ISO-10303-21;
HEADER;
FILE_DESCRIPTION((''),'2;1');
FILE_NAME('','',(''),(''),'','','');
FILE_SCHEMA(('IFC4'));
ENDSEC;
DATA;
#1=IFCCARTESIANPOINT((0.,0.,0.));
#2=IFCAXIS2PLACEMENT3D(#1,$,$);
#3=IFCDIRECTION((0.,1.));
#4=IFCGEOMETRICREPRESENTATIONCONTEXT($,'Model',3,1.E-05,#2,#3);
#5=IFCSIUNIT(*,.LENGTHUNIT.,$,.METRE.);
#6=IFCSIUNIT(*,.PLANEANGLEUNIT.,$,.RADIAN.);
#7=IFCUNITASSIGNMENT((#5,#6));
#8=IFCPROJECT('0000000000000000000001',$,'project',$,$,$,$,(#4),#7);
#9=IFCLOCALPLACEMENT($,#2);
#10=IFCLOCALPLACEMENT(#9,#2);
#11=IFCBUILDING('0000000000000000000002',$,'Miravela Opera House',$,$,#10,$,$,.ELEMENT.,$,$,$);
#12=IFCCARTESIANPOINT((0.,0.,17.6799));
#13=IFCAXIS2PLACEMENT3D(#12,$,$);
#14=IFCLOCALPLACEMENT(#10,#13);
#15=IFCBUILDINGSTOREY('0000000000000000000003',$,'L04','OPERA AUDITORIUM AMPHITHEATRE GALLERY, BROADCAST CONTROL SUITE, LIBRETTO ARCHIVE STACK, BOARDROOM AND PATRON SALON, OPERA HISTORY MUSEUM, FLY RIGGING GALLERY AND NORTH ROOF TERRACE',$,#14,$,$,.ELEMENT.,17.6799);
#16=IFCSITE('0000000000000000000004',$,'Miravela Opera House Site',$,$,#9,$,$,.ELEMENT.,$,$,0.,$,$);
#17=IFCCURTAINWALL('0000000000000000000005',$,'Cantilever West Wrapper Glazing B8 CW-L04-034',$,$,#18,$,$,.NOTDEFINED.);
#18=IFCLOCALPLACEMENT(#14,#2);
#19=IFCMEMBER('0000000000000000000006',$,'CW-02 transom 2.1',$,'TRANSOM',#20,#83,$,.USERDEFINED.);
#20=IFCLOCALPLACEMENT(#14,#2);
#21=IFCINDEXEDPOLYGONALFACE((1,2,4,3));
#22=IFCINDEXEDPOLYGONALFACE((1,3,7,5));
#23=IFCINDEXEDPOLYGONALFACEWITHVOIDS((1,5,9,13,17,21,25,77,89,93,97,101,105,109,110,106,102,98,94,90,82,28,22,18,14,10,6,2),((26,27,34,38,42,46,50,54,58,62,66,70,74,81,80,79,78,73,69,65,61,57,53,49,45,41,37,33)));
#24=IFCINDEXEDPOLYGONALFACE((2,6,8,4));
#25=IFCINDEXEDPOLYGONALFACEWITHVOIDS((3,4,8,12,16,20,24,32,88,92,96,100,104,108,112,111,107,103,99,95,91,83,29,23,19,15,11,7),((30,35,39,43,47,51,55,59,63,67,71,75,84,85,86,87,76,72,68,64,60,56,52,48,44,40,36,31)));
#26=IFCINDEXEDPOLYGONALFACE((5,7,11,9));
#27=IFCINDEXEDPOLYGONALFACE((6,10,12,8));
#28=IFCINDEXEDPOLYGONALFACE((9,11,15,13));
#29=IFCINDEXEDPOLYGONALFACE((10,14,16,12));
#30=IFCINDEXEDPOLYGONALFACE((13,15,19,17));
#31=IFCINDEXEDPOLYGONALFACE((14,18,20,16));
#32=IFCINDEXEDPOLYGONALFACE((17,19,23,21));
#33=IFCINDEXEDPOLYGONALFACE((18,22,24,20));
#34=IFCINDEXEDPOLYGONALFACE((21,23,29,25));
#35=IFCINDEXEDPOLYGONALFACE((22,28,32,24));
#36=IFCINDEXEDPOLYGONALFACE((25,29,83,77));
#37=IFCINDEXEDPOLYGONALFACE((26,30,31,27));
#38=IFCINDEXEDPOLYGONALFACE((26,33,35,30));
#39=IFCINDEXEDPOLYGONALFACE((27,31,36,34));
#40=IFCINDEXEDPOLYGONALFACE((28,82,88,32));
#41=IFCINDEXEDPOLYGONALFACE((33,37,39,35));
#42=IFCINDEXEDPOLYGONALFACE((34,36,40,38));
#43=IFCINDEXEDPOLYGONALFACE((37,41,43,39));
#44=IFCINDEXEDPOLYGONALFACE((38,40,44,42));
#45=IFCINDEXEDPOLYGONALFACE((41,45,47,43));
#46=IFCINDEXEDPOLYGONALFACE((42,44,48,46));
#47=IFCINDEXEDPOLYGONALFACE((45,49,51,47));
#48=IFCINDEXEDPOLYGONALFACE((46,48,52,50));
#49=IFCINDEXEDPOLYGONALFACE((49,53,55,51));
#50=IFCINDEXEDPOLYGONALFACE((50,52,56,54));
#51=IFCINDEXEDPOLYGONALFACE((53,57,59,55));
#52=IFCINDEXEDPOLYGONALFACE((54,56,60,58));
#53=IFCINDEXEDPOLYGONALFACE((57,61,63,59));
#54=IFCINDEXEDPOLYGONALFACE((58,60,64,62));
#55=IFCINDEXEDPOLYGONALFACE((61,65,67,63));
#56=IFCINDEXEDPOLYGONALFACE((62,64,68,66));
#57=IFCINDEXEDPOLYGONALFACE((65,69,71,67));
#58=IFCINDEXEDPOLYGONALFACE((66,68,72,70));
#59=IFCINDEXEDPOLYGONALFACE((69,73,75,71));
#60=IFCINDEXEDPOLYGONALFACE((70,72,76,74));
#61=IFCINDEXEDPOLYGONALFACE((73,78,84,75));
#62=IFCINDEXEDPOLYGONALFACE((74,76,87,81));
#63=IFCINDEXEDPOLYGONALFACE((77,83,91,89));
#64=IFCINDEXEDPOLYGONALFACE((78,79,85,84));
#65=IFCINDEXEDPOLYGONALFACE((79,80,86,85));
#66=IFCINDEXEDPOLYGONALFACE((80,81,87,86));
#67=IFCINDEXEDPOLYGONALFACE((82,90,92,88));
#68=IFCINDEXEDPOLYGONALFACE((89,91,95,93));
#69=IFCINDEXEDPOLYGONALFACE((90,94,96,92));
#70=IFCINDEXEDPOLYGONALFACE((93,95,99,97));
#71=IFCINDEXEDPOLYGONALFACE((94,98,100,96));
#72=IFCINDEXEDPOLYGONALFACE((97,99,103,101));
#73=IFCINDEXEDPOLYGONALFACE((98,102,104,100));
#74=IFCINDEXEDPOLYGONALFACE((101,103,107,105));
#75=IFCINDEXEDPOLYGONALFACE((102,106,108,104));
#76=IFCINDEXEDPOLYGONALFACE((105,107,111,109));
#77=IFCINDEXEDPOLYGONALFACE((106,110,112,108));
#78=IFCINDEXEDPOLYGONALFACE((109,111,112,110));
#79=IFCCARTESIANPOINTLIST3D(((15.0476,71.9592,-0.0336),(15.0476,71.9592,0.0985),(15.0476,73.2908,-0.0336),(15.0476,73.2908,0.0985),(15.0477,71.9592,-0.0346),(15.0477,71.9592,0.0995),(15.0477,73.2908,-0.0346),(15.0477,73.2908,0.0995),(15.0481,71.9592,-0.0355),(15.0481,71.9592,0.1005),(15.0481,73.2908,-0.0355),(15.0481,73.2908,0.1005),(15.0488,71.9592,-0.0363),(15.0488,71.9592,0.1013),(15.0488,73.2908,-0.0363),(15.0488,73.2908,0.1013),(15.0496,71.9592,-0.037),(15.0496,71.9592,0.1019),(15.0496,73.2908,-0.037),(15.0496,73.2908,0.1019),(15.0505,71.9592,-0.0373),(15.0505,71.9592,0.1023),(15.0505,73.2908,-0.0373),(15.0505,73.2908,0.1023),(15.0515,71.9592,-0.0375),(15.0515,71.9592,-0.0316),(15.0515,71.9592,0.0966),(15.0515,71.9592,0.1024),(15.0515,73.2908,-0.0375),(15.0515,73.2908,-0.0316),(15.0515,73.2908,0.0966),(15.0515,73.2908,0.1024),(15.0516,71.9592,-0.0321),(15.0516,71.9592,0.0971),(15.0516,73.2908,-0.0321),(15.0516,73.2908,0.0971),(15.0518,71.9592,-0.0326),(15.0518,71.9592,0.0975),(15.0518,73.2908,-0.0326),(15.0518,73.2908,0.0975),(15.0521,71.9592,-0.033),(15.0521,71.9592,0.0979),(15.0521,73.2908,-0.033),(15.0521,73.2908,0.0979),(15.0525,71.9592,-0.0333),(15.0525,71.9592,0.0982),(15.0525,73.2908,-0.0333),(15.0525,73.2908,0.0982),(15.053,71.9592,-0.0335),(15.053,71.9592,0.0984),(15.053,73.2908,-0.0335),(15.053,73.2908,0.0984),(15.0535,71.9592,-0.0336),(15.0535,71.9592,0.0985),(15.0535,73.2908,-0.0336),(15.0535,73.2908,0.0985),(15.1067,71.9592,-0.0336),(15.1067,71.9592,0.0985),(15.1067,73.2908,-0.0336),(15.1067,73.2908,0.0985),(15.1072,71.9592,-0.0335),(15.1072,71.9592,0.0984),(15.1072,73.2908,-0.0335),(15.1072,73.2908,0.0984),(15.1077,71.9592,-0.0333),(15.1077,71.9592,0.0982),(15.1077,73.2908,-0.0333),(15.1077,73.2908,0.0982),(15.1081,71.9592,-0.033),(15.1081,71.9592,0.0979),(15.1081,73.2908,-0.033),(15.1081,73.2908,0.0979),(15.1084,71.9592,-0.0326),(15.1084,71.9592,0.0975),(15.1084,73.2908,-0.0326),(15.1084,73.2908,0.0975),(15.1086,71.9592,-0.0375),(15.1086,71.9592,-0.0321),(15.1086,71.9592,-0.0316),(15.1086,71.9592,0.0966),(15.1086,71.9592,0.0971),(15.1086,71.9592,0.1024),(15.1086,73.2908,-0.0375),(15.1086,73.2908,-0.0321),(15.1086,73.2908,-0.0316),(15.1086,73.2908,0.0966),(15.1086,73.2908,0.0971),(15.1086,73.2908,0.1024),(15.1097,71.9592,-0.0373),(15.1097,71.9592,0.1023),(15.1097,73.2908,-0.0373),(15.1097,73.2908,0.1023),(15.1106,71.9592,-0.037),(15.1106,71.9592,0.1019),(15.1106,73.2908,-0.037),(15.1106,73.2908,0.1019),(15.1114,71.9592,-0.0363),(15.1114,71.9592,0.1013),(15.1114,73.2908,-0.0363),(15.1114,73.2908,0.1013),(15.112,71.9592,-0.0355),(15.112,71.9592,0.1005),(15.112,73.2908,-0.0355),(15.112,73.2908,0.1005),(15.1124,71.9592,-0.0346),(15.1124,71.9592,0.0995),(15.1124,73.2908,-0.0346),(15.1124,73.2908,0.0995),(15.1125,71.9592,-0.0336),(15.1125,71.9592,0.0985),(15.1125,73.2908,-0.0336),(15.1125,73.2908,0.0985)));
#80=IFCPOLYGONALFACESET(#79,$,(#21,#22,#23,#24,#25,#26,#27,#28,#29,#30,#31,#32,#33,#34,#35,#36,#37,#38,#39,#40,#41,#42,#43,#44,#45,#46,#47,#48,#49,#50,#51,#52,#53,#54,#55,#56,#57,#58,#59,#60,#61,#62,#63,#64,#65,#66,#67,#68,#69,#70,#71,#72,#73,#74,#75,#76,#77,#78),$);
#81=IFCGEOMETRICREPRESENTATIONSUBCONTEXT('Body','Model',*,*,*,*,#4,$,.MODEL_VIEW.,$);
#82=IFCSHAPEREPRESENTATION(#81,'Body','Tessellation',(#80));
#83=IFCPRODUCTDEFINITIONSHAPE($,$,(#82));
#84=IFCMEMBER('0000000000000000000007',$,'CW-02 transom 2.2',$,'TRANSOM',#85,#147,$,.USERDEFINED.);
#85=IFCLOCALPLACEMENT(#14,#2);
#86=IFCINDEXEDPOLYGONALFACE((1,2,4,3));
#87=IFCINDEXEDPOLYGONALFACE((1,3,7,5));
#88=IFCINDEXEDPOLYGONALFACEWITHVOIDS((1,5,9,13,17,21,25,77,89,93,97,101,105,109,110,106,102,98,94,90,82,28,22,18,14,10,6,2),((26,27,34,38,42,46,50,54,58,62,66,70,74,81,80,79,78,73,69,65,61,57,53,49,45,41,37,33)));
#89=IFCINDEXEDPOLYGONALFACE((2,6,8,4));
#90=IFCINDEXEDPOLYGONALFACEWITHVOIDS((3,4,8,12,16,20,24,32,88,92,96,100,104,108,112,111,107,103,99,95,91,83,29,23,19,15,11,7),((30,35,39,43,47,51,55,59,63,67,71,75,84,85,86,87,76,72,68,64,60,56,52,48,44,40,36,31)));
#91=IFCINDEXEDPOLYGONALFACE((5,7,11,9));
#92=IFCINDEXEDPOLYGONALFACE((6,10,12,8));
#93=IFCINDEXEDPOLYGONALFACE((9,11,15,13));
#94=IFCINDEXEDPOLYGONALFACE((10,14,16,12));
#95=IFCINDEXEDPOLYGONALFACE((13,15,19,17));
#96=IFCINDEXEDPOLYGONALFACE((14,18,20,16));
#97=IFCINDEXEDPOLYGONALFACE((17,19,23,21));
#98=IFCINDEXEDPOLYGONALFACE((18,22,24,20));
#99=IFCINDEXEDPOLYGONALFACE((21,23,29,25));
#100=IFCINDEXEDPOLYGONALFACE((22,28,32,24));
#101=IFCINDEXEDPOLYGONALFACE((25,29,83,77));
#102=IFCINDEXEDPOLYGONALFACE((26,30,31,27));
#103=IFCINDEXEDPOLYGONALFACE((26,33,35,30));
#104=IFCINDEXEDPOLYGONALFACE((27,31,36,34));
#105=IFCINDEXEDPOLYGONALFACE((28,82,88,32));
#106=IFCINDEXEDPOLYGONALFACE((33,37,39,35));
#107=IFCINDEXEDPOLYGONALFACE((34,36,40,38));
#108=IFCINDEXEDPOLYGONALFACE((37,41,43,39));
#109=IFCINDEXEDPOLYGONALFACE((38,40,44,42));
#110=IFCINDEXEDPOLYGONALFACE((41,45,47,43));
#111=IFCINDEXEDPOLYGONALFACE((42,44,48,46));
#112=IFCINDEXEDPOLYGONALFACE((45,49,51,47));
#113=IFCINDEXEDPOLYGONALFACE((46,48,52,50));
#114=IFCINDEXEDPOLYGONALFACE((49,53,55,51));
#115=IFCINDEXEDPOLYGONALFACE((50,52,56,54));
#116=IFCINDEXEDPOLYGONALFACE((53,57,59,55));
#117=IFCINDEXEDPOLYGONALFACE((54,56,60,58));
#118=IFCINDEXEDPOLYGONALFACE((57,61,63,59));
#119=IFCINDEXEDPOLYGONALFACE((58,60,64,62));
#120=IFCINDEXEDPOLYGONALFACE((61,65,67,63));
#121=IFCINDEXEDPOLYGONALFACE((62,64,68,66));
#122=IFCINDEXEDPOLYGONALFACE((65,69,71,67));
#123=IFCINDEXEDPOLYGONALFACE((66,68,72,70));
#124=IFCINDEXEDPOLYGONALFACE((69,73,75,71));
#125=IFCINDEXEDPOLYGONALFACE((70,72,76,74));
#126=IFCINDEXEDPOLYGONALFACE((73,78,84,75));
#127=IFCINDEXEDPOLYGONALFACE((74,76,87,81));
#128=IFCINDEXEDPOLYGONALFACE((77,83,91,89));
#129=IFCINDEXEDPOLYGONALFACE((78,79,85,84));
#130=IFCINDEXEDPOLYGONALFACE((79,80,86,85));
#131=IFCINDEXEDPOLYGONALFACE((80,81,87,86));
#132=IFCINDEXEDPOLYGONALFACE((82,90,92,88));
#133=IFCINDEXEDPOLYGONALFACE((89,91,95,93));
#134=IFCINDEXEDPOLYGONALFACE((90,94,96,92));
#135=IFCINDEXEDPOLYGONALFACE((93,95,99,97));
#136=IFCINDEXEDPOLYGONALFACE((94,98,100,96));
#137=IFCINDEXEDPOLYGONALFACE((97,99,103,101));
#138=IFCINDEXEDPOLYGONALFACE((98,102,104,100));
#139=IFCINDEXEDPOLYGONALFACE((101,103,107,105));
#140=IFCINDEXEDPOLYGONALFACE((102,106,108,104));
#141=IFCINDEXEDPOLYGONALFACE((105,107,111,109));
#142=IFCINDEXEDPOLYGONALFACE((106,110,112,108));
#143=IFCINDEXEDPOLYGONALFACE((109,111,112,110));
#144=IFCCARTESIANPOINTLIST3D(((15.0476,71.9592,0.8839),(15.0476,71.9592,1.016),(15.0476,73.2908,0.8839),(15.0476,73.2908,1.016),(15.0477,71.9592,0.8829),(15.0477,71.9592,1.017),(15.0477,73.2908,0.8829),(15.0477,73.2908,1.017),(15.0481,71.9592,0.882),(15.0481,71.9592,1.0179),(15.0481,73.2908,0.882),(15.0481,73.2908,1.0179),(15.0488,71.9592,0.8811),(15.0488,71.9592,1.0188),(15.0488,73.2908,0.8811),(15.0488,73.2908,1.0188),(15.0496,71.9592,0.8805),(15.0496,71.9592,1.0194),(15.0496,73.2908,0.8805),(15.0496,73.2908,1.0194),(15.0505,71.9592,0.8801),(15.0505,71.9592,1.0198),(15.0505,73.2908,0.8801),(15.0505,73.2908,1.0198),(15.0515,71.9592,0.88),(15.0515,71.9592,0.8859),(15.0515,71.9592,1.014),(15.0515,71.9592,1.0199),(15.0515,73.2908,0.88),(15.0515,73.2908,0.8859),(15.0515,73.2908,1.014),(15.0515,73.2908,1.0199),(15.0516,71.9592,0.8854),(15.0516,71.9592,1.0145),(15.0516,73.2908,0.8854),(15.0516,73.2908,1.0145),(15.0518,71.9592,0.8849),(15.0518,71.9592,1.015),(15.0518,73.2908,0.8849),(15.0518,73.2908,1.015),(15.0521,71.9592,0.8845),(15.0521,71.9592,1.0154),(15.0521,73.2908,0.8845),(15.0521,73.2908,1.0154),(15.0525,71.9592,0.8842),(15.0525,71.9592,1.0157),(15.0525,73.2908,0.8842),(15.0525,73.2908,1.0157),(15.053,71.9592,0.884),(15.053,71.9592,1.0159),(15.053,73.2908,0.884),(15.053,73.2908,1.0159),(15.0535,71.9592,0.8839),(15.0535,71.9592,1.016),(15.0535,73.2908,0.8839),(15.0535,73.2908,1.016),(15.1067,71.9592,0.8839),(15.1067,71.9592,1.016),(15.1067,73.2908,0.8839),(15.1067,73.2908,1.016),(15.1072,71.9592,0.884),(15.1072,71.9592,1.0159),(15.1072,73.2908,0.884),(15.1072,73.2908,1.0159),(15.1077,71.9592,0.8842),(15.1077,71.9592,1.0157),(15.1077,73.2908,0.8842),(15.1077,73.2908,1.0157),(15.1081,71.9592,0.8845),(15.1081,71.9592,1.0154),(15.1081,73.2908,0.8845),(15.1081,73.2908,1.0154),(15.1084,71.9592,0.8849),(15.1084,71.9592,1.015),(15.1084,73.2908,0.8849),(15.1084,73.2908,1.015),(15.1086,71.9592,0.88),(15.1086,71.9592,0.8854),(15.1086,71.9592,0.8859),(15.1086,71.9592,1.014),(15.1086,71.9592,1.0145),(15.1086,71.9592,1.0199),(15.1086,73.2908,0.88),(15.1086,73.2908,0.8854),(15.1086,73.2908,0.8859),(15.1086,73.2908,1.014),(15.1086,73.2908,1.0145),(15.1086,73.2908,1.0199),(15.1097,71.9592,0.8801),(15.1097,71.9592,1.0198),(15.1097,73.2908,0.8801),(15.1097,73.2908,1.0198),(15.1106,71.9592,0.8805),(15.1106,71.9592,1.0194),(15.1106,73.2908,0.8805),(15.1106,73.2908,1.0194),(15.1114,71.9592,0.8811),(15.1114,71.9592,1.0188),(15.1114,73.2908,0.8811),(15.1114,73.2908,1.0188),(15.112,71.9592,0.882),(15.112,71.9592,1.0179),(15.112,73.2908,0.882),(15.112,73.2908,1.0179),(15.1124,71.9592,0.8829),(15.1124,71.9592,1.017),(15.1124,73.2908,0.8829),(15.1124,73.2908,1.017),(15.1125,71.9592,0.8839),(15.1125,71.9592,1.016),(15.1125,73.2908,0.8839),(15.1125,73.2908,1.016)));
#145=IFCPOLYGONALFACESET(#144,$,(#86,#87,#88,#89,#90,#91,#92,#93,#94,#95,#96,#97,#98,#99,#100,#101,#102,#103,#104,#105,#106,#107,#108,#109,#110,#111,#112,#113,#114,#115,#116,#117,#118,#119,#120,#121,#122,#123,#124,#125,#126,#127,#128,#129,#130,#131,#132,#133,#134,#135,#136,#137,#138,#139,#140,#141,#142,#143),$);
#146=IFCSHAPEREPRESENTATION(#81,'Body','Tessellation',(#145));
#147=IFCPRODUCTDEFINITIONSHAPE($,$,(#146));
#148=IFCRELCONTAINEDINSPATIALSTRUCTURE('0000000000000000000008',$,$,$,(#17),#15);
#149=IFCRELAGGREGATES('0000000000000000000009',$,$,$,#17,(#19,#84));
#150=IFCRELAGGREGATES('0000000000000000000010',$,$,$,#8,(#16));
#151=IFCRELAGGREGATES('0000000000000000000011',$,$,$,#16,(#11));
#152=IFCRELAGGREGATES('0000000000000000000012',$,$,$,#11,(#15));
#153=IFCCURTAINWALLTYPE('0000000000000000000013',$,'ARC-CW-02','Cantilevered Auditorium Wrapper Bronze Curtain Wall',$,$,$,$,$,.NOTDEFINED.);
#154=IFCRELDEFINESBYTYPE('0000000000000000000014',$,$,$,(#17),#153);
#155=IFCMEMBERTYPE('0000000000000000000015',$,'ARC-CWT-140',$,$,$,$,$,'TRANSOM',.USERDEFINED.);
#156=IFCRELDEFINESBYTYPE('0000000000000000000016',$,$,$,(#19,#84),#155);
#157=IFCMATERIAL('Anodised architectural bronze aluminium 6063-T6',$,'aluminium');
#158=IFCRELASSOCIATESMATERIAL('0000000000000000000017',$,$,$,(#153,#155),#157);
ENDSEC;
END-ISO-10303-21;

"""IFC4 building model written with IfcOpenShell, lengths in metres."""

from ifc_helpers import new_model, si_unit, direction, frame, origin, origin_2d, place, context, subcontext, project, spatial, hollow_rectangle, extrude, material, material_profile, profile_set, type_object, element, aggregate, save


model = new_model("IFC4")

# Units and contexts
model_context = context("Model", 3, precision=1e-05, world=origin(), true_north=direction((0.0, 1.0)))
body_context = subcontext(model_context, "Body", "Model", "MODEL_VIEW")
ifc_project = project(units=[si_unit("LENGTHUNIT", "METRE"), si_unit("PLANEANGLEUNIT", "RADIAN")], contexts=[model_context])

# Site, building, storey
site_placement = place(None, origin())
site = spatial("IfcSite", under=ifc_project, at=site_placement, Name="Miravela Opera House Site", CompositionType="ELEMENT", RefElevation=0.0)
building_placement = place(site_placement, origin())
building = spatial("IfcBuilding", under=site, at=building_placement, Name="Miravela Opera House", CompositionType="ELEMENT")
storey_placement = place(building_placement, frame((0.0, 0.0, 17.6799)))
storey = spatial("IfcBuildingStorey", under=building, at=storey_placement, Name="L04", Description="OPERA AUDITORIUM AMPHITHEATRE GALLERY, BROADCAST CONTROL SUITE, LIBRETTO ARCHIVE STACK, BOARDROOM AND PATRON SALON, OPERA HISTORY MUSEUM, FLY RIGGING GALLERY AND NORTH ROOF TERRACE", CompositionType="ELEMENT", Elevation=17.6799)

# Shared definitions
ifc_material_1 = material(Name="Anodised architectural bronze aluminium 6063-T6", Category="aluminium")
curtain_wall_type = type_object("IfcCurtainWallType", Name="ARC-CW-02", Description="Cantilevered Auditorium Wrapper Bronze Curtain Wall", PredefinedType="NOTDEFINED", material=ifc_material_1)

# Curtain wall
curtain_wall_1_placement = place(storey_placement, origin())
curtain_wall_1 = element("IfcCurtainWall", 1, at=curtain_wall_1_placement, inside=storey, type_object=curtain_wall_type, Name="Cantilever West Wrapper Glazing B8 CW-L04-034", PredefinedType="NOTDEFINED")

# Members
ifc_material_profile_1 = material_profile(ifc_material_1, hollow_rectangle(XDim=0.0649, YDim=0.1399, WallThickness=0.0039, InnerFilletRadius=0.002, OuterFilletRadius=0.0039, at=origin_2d()), Name="CWT-65X140")
ifc_profile_set_1 = profile_set([ifc_material_profile_1])
member_type_1 = type_object("IfcMemberType", Name="ARC-CWT-140", ElementType="TRANSOM", PredefinedType="USERDEFINED", material=ifc_profile_set_1)
member_1_placement = place(storey_placement, frame((15.0801, 71.9592, 0.0325), z_axis=(0.0, 1.0, 0.0), x_axis=(-1.0, 0.0, 0.0)))
member_1 = element("IfcMember", 2, at=member_1_placement, type_object=member_type_1, Name="CW-02 transom 2.1", ObjectType="TRANSOM", PredefinedType="USERDEFINED", context=body_context, shape_type="SweptSolid", body=[
    extrude(hollow_rectangle(XDim=0.0649, YDim=0.1399, WallThickness=0.0039, InnerFilletRadius=0.002, OuterFilletRadius=0.0039, at=origin_2d()), origin(), (0.0, 0.0, 1.0), 1.3315),
])
member_2_placement = place(storey_placement, frame((15.0801, 71.9592, 0.95), z_axis=(0.0, 1.0, 0.0), x_axis=(-1.0, 0.0, 0.0)))
member_2 = element("IfcMember", 3, at=member_2_placement, type_object=member_type_1, Name="CW-02 transom 2.2", ObjectType="TRANSOM", PredefinedType="USERDEFINED", context=body_context, shape_type="SweptSolid", body=[
    extrude(hollow_rectangle(XDim=0.0649, YDim=0.1399, WallThickness=0.0039, InnerFilletRadius=0.002, OuterFilletRadius=0.0039, at=origin_2d()), origin(), (0.0, 0.0, 1.0), 1.3315),
])

aggregate(curtain_wall_1, [member_1, member_2])

save(model, "model.ifc")
